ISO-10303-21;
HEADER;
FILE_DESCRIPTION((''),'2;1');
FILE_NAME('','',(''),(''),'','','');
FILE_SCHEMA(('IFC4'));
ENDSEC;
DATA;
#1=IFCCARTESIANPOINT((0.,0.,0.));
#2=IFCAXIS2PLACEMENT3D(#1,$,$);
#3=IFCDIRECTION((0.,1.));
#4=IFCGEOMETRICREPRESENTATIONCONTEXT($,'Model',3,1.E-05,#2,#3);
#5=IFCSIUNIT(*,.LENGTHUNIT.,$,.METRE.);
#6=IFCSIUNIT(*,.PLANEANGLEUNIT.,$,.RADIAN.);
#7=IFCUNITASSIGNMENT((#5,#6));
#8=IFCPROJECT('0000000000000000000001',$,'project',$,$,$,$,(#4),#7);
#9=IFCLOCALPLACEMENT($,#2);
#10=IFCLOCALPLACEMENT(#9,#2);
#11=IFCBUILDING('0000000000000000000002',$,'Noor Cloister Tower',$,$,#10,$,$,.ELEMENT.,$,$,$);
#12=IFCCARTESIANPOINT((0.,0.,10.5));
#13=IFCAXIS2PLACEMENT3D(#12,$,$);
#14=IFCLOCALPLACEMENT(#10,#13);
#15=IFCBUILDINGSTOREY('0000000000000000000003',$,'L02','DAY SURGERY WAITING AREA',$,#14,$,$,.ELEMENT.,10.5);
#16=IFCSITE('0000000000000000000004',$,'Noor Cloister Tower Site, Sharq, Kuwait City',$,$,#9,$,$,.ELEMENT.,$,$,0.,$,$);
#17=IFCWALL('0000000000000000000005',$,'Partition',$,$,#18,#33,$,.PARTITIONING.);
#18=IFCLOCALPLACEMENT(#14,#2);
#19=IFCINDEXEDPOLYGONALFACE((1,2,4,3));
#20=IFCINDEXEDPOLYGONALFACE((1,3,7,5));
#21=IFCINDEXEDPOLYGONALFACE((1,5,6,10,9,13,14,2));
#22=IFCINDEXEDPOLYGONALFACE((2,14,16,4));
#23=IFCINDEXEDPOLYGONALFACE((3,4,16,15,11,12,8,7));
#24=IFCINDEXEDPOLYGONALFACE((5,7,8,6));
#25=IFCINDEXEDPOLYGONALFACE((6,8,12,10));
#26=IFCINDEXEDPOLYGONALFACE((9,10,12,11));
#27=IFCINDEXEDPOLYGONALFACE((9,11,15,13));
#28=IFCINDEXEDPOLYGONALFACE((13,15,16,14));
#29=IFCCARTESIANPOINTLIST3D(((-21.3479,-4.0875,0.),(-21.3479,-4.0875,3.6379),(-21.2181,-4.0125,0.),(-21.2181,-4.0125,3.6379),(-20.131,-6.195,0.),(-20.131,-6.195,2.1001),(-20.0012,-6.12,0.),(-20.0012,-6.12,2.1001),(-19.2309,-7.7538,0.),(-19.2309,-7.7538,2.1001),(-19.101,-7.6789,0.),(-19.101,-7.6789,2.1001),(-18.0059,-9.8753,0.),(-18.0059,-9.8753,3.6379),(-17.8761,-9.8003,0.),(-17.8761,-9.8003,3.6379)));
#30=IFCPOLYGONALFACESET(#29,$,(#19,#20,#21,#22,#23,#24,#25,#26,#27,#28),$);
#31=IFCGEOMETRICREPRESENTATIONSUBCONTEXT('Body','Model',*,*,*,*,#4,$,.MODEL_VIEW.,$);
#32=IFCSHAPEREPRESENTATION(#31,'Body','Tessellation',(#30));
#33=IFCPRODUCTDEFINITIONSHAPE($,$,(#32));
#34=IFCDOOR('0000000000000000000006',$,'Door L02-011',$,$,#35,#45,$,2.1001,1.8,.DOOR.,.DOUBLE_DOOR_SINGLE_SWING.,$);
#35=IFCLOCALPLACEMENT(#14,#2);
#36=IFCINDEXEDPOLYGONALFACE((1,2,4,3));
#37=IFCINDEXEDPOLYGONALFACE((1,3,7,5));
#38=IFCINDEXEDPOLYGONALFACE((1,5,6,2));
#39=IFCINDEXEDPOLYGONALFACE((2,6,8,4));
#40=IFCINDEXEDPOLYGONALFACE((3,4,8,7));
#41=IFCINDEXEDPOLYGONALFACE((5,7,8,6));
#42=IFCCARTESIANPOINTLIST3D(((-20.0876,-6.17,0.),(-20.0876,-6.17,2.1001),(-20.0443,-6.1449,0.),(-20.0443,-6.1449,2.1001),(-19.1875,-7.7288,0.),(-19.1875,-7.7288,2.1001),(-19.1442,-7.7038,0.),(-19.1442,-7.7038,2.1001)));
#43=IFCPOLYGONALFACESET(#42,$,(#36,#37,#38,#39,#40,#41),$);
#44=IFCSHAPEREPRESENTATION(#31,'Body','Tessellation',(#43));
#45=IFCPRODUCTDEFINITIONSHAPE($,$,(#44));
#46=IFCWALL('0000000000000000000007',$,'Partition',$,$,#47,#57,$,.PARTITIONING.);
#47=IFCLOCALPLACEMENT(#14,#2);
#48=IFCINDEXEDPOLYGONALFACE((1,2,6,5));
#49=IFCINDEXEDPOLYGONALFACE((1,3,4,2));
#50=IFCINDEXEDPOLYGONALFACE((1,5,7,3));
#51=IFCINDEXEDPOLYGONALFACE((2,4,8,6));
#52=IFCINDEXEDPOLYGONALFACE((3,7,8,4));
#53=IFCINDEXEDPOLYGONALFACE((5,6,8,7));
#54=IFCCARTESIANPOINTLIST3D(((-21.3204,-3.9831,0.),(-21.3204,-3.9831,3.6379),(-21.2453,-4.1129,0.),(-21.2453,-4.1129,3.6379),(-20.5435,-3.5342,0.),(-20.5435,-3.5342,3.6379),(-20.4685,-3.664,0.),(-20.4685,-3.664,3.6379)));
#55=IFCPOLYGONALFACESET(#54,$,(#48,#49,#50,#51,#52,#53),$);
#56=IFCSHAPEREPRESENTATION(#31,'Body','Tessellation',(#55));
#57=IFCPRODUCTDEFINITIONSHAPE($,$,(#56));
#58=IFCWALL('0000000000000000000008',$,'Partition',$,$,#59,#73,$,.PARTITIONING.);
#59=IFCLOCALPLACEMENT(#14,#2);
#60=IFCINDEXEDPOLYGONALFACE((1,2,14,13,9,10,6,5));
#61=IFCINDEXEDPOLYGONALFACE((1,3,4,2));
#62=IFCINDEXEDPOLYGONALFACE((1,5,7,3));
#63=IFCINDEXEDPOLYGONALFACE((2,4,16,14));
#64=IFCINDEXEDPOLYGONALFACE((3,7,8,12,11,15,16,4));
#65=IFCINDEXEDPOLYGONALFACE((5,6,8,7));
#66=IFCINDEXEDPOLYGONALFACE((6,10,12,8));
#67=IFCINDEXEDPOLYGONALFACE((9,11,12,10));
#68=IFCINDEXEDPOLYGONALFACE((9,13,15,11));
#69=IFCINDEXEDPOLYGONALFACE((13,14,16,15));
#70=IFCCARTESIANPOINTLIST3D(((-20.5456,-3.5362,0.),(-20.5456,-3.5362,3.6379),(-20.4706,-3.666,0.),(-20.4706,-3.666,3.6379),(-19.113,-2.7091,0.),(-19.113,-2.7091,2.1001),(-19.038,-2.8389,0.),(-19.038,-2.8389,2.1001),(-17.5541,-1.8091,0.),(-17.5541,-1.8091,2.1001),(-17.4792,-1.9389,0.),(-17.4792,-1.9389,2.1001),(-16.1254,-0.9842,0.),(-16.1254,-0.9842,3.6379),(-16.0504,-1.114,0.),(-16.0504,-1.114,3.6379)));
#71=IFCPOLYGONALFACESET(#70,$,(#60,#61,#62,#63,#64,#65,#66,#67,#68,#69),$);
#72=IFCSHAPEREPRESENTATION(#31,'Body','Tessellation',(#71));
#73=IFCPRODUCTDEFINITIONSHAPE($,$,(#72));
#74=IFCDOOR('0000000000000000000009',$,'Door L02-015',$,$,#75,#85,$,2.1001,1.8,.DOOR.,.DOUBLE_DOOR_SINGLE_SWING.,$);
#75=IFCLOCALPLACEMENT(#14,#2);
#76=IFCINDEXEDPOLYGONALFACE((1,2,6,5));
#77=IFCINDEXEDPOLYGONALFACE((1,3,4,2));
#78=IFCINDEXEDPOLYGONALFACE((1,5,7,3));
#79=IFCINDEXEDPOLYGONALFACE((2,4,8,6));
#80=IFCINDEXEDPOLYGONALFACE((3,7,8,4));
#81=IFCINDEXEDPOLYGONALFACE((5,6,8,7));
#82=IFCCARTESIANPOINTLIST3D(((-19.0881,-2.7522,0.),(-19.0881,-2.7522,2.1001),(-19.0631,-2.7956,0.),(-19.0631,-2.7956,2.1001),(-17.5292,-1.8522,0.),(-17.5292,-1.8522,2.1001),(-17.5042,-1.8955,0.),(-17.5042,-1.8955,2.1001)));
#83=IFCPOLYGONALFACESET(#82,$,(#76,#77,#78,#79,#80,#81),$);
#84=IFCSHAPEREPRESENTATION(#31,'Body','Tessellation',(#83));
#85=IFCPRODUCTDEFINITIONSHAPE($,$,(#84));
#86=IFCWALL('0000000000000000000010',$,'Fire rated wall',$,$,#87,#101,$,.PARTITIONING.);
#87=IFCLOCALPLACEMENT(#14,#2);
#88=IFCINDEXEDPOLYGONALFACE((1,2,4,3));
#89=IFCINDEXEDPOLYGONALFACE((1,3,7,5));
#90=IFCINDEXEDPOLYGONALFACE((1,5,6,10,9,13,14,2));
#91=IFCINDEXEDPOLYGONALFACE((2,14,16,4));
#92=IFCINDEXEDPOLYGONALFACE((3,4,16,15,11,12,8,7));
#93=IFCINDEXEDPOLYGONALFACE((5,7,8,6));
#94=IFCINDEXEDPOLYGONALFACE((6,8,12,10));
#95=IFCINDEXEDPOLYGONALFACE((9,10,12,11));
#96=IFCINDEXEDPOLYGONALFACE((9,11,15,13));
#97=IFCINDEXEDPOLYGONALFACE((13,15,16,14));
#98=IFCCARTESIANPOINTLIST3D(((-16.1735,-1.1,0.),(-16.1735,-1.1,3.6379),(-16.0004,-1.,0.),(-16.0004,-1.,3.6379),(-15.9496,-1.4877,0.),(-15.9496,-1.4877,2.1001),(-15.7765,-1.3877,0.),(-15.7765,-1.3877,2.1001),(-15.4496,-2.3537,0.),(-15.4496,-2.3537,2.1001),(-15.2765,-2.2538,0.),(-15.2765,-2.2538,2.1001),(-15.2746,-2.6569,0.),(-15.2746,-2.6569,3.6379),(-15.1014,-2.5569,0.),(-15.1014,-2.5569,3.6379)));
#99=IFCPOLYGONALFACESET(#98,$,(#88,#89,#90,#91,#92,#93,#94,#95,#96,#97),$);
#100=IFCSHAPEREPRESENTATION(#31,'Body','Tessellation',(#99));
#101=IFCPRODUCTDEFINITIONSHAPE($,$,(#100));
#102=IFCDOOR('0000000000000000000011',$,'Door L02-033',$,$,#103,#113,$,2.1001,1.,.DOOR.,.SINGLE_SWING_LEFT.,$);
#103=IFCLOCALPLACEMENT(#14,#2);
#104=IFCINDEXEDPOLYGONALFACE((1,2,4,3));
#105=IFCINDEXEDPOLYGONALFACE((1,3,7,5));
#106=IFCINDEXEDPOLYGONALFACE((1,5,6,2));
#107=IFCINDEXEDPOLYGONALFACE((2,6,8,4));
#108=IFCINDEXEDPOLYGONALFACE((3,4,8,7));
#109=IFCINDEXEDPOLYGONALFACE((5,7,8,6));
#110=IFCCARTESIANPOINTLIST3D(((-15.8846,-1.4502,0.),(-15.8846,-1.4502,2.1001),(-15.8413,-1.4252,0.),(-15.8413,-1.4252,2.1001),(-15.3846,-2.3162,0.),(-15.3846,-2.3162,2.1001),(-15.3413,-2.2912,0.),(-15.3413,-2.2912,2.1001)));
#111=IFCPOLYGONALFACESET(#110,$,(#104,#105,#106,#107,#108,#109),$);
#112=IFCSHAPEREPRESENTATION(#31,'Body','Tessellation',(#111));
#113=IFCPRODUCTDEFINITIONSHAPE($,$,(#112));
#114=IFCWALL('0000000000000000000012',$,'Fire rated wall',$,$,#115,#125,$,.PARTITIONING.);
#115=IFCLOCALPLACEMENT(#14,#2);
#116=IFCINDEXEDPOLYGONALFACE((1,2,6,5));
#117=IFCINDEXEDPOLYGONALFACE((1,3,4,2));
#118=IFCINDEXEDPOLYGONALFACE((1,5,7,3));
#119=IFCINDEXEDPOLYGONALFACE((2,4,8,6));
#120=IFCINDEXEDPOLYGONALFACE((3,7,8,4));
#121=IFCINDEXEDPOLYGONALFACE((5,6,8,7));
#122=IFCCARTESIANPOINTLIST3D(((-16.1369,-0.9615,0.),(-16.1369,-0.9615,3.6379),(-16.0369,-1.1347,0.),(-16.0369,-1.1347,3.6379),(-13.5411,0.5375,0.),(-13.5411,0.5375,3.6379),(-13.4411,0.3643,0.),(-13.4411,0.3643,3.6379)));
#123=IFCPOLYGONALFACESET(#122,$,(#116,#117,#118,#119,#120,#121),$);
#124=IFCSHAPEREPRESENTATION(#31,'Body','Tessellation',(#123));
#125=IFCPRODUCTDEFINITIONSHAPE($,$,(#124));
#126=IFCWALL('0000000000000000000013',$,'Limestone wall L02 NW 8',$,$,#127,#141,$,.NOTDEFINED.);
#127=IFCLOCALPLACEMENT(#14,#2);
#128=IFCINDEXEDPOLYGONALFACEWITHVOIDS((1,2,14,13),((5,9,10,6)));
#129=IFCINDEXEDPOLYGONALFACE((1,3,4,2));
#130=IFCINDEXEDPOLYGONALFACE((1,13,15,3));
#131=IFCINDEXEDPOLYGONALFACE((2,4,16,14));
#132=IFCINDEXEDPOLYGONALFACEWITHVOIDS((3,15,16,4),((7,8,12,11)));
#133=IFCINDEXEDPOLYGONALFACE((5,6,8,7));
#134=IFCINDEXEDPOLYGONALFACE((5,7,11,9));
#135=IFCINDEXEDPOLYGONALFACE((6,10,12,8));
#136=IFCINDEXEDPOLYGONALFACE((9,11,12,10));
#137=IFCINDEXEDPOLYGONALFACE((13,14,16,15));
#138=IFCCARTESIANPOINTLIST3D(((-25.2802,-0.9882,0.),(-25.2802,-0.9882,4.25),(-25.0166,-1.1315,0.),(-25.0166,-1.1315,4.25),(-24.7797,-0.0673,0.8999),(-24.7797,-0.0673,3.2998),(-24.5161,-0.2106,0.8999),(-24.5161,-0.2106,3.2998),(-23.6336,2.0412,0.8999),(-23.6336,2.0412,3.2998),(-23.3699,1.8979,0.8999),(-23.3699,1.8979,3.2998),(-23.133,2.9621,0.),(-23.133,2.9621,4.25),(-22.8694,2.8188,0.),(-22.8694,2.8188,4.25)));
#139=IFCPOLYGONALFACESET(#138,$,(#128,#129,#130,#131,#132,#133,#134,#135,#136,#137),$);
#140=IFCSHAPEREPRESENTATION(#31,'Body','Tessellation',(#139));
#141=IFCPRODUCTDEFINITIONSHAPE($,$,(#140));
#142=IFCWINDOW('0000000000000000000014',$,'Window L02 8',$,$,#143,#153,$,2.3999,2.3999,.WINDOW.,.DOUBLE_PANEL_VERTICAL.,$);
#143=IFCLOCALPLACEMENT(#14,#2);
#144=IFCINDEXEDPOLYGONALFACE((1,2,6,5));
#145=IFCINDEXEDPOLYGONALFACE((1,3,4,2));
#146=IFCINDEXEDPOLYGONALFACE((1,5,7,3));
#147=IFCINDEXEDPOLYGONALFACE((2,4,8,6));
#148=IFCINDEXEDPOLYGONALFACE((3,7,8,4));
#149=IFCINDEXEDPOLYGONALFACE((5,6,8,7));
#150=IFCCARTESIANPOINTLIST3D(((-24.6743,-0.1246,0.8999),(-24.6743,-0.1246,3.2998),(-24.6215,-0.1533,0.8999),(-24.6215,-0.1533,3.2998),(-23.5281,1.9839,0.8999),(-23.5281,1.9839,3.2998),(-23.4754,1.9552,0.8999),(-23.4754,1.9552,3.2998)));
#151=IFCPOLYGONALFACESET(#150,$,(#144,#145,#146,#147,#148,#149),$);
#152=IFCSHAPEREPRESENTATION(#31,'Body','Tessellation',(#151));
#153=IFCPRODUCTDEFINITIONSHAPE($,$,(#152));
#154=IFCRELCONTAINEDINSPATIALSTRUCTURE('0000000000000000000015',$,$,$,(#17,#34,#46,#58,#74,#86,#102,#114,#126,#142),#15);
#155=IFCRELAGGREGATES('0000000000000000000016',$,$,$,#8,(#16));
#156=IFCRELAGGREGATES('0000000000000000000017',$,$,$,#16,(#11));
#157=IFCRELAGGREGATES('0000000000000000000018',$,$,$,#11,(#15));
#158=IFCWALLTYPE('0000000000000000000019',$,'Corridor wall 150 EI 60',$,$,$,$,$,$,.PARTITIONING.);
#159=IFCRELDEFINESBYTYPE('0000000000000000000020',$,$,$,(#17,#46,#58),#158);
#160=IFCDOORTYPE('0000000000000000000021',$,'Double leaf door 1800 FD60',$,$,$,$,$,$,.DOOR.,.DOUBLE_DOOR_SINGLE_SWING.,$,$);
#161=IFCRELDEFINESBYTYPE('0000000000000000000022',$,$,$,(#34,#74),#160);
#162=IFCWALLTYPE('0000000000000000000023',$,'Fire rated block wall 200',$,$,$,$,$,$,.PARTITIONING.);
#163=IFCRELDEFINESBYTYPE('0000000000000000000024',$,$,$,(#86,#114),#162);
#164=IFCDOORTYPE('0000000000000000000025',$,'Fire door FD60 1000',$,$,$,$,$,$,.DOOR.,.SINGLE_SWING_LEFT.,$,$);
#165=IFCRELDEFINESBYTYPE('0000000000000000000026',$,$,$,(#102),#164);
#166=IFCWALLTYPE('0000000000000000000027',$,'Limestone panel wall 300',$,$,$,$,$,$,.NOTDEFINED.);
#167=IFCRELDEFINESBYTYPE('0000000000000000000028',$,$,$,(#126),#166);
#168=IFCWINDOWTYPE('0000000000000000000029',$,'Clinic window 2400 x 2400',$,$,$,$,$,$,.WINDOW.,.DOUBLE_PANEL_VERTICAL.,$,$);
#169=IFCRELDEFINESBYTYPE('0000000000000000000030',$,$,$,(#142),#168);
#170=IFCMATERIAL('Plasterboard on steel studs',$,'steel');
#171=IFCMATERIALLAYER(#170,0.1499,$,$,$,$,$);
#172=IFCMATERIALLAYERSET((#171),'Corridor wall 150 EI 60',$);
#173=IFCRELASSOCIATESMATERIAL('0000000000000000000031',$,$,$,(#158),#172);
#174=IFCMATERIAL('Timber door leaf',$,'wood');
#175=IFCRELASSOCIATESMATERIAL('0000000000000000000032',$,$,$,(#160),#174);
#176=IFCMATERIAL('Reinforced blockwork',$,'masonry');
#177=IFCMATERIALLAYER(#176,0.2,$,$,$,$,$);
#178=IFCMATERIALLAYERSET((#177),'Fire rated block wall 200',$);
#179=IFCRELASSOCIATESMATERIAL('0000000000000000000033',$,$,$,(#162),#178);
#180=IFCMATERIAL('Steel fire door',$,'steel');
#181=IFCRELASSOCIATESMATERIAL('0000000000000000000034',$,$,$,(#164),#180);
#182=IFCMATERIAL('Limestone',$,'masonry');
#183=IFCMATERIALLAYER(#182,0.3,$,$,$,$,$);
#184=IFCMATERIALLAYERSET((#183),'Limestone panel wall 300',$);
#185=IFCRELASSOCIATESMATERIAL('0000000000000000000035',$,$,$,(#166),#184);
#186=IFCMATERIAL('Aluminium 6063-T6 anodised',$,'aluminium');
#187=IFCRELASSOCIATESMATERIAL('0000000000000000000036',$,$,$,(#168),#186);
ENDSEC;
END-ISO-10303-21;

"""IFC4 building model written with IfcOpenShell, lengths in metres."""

from ifc_helpers import new_model, si_unit, direction, frame, frame_2d, origin, place, context, subcontext, project, spatial, rectangle, extrude, material, layer, layer_set, type_object, element, fill, save


model = new_model("IFC4")

# Units and contexts
model_context = context("Model", 3, precision=1e-05, world=origin(), true_north=direction((0.0, 1.0)))
body_context = subcontext(model_context, "Body", "Model", "MODEL_VIEW")
ifc_project = project(units=[si_unit("LENGTHUNIT", "METRE"), si_unit("PLANEANGLEUNIT", "RADIAN")], contexts=[model_context])

# Site, building, storey
site_placement = place(None, origin())
site = spatial("IfcSite", under=ifc_project, at=site_placement, Name="Noor Cloister Tower Site, Sharq, Kuwait City", CompositionType="ELEMENT", RefElevation=0.0)
building_placement = place(site_placement, origin())
building = spatial("IfcBuilding", under=site, at=building_placement, Name="Noor Cloister Tower", CompositionType="ELEMENT")
storey_placement = place(building_placement, frame((0.0, 0.0, 10.5)))
storey = spatial("IfcBuildingStorey", under=building, at=storey_placement, Name="L02", Description="DAY SURGERY WAITING AREA", CompositionType="ELEMENT", Elevation=10.5)

# Wall, opening, door
ifc_material_1 = material(Name="Plasterboard on steel studs", Category="steel")
ifc_layer_1 = layer(ifc_material_1, 0.1499)
ifc_layer_set_1 = layer_set([ifc_layer_1], Name="Corridor wall 150 EI 60")
wall_type_1 = type_object("IfcWallType", Name="Corridor wall 150 EI 60", PredefinedType="PARTITIONING", material=ifc_layer_set_1)
wall_1_placement = place(storey_placement, frame((-17.9409, -9.8379, 0.0), z_axis=(0.0, 0.0, 1.0), x_axis=(-0.500048, 0.865998, 0.0)))
wall_1 = element("IfcWall", 1, at=wall_1_placement, inside=storey, type_object=wall_type_1, Name="Partition", PredefinedType="PARTITIONING", context=body_context, shape_type="SweptSolid", body=[
    extrude(rectangle(XDim=6.6833, YDim=0.1499, at=frame_2d((3.3418, 0.0))), origin(), (0.0, 0.0, 1.0), 3.6379),
])
opening_1_placement = place(wall_1_placement, frame((2.45, 0.0, 0.0)))
opening_1 = element("IfcOpeningElement", 2, at=opening_1_placement, cuts=wall_1, PredefinedType="OPENING", context=body_context, shape_type="SweptSolid", body=[
    extrude(rectangle(XDim=1.8, YDim=2.1001, at=frame_2d((0.8999, 1.05))), frame((0.0, 0.085, 0.0), z_axis=(0.0, -1.0, 0.0), x_axis=(1.0, 0.0, 0.0)), (0.0, 0.0, 1.0), 0.1699),
])
ifc_material_2 = material(Name="Timber door leaf", Category="wood")
door_type_1 = type_object("IfcDoorType", Name="Double leaf door 1800 FD60", OperationType="DOUBLE_DOOR_SINGLE_SWING", PredefinedType="DOOR", material=ifc_material_2)
door_1_placement = place(opening_1_placement, origin())
door_1 = element("IfcDoor", 3, at=door_1_placement, inside=storey, type_object=door_type_1, Name="Door L02-011", OperationType="DOUBLE_DOOR_SINGLE_SWING", OverallHeight=2.1001, OverallWidth=1.8, PredefinedType="DOOR", context=body_context, shape_type="SweptSolid", body=[
    extrude(rectangle(XDim=1.8, YDim=2.1001, at=frame_2d((0.8999, 1.05))), frame((0.0, 0.0249, 0.0), z_axis=(0.0, -1.0, 0.0), x_axis=(1.0, 0.0, 0.0)), (0.0, 0.0, 1.0), 0.05),
])
fill(opening_1, door_1)

# Wall
wall_2_placement = place(storey_placement, frame((-21.283, -4.0481, 0.0), z_axis=(0.0, 0.0, 1.0), x_axis=(0.865805, 0.500382, 0.0)))
element("IfcWall", 4, at=wall_2_placement, inside=storey, type_object=wall_type_1, Name="Partition", PredefinedType="PARTITIONING", context=body_context, shape_type="SweptSolid", body=[
    extrude(rectangle(XDim=0.8972, YDim=0.1499, at=frame_2d((0.4487, 0.0))), origin(), (0.0, 0.0, 1.0), 3.6379),
])

# Walls, openings, doors
wall_3_placement = place(storey_placement, frame((-16.0879, -1.0491, 0.0), z_axis=(0.0, 0.0, 1.0), x_axis=(-0.866024, -0.500003, 0.0)))
wall_3 = element("IfcWall", 5, at=wall_3_placement, inside=storey, type_object=wall_type_1, Name="Partition", PredefinedType="PARTITIONING", context=body_context, shape_type="SweptSolid", body=[
    extrude(rectangle(XDim=5.104, YDim=0.1499, at=frame_2d((2.552, 0.0))), origin(), (0.0, 0.0, 1.0), 3.6379),
])
opening_2_placement = place(wall_3_placement, frame((1.6499, 0.0, 0.0)))
opening_2 = element("IfcOpeningElement", 6, at=opening_2_placement, cuts=wall_3, PredefinedType="OPENING", context=body_context, shape_type="SweptSolid", body=[
    extrude(rectangle(XDim=1.8, YDim=2.1001, at=frame_2d((0.8999, 1.05))), frame((0.0, 0.085, 0.0), z_axis=(0.0, -1.0, 0.0), x_axis=(1.0, 0.0, 0.0)), (0.0, 0.0, 1.0), 0.1699),
])
door_2_placement = place(opening_2_placement, origin())
door_2 = element("IfcDoor", 7, at=door_2_placement, inside=storey, type_object=door_type_1, Name="Door L02-015", OperationType="DOUBLE_DOOR_SINGLE_SWING", OverallHeight=2.1001, OverallWidth=1.8, PredefinedType="DOOR", context=body_context, shape_type="SweptSolid", body=[
    extrude(rectangle(XDim=1.8, YDim=2.1001, at=frame_2d((0.8999, 1.05))), frame((0.0, 0.0249, 0.0), z_axis=(0.0, -1.0, 0.0), x_axis=(1.0, 0.0, 0.0)), (0.0, 0.0, 1.0), 0.05),
])
fill(opening_2, door_2)
ifc_material_3 = material(Name="Reinforced blockwork", Category="masonry")
ifc_layer_2 = layer(ifc_material_3, 0.2)
ifc_layer_set_2 = layer_set([ifc_layer_2], Name="Fire rated block wall 200")
wall_type_2 = type_object("IfcWallType", Name="Fire rated block wall 200", PredefinedType="PARTITIONING", material=ifc_layer_set_2)
wall_4_placement = place(storey_placement, frame((-15.188, -2.6069, 0.0), z_axis=(0.0, 0.0, 1.0), x_axis=(-0.500024, 0.866011, 0.0)))
wall_4 = element("IfcWall", 8, at=wall_4_placement, inside=storey, type_object=wall_type_2, Name="Fire rated wall", PredefinedType="PARTITIONING", context=body_context, shape_type="SweptSolid", body=[
    extrude(rectangle(XDim=1.7979, YDim=0.2, at=frame_2d((0.8989, 0.0))), origin(), (0.0, 0.0, 1.0), 3.6379),
])
opening_3_placement = place(wall_4_placement, frame((0.3501, 0.0, 0.0)))
opening_3 = element("IfcOpeningElement", 9, at=opening_3_placement, cuts=wall_4, PredefinedType="OPENING", context=body_context, shape_type="SweptSolid", body=[
    extrude(rectangle(XDim=1.0, YDim=2.1001, at=frame_2d((0.5, 1.05))), frame((0.0, 0.1099, 0.0), z_axis=(0.0, -1.0, 0.0), x_axis=(1.0, 0.0, 0.0)), (0.0, 0.0, 1.0), 0.22),
])
ifc_material_4 = material(Name="Steel fire door", Category="steel")
door_type_2 = type_object("IfcDoorType", Name="Fire door FD60 1000", OperationType="SINGLE_SWING_LEFT", PredefinedType="DOOR", material=ifc_material_4)
door_3_placement = place(opening_3_placement, origin())
door_3 = element("IfcDoor", 10, at=door_3_placement, inside=storey, type_object=door_type_2, Name="Door L02-033", OperationType="SINGLE_SWING_LEFT", OverallHeight=2.1001, OverallWidth=1.0, PredefinedType="DOOR", context=body_context, shape_type="SweptSolid", body=[
    extrude(rectangle(XDim=1.0, YDim=2.1001, at=frame_2d((0.5, 1.05))), frame((0.0, 0.0249, 0.0), z_axis=(0.0, -1.0, 0.0), x_axis=(1.0, 0.0, 0.0)), (0.0, 0.0, 1.0), 0.05),
])
fill(opening_3, door_3)

# Wall
wall_5_placement = place(storey_placement, frame((-16.0869, -1.0481, 0.0), z_axis=(0.0, 0.0, 1.0), x_axis=(0.865989, 0.500063, 0.0)))
element("IfcWall", 11, at=wall_5_placement, inside=storey, type_object=wall_type_2, Name="Fire rated wall", PredefinedType="PARTITIONING", context=body_context, shape_type="SweptSolid", body=[
    extrude(rectangle(XDim=2.9976, YDim=0.2, at=frame_2d((1.4988, 0.0))), origin(), (0.0, 0.0, 1.0), 3.6379),
])

# Wall, opening, window
ifc_material_5 = material(Name="Limestone", Category="masonry")
ifc_layer_3 = layer(ifc_material_5, 0.3)
ifc_layer_set_3 = layer_set([ifc_layer_3], Name="Limestone panel wall 300")
wall_type_3 = type_object("IfcWallType", Name="Limestone panel wall 300", PredefinedType="NOTDEFINED", material=ifc_layer_set_3)
wall_6_placement = place(storey_placement, frame((-25.1484, -1.0598, 0.0), z_axis=(0.0, 0.0, 1.0), x_axis=(0.477577, 0.87859, 0.0)))
wall_6 = element("IfcWall", 12, at=wall_6_placement, inside=storey, type_object=wall_type_3, Name="Limestone wall L02 NW 8", PredefinedType="NOTDEFINED", context=body_context, shape_type="SweptSolid", body=[
    extrude(rectangle(XDim=4.4961, YDim=0.3, at=frame_2d((2.248, 0.0))), origin(), (0.0, 0.0, 1.0), 4.25),
])
opening_4_placement = place(wall_6_placement, frame((1.0481, 0.0, 0.8999)))
opening_4 = element("IfcOpeningElement", 13, at=opening_4_placement, cuts=wall_6, PredefinedType="OPENING", context=body_context, shape_type="SweptSolid", body=[
    extrude(rectangle(XDim=2.3999, YDim=2.3999, at=frame_2d((1.2, 1.2))), frame((0.0, 0.1602, 0.0), z_axis=(0.0, -1.0, 0.0), x_axis=(1.0, 0.0, 0.0)), (0.0, 0.0, 1.0), 0.3201),
])
ifc_material_6 = material(Name="Aluminium 6063-T6 anodised", Category="aluminium")
window_type_1 = type_object("IfcWindowType", Name="Clinic window 2400 x 2400", PartitioningType="DOUBLE_PANEL_VERTICAL", PredefinedType="WINDOW", material=ifc_material_6)
window_1_placement = place(opening_4_placement, origin())
window_1 = element("IfcWindow", 14, at=window_1_placement, inside=storey, type_object=window_type_1, Name="Window L02 8", OverallHeight=2.3999, OverallWidth=2.3999, PartitioningType="DOUBLE_PANEL_VERTICAL", PredefinedType="WINDOW", context=body_context, shape_type="SweptSolid", body=[
    extrude(rectangle(XDim=2.3999, YDim=2.3999, at=frame_2d((1.2, 1.2))), frame((0.0, 0.03, 0.0), z_axis=(0.0, -1.0, 0.0), x_axis=(1.0, 0.0, 0.0)), (0.0, 0.0, 1.0), 0.0601),
])
fill(opening_4, window_1)

save(model, "model.ifc")
